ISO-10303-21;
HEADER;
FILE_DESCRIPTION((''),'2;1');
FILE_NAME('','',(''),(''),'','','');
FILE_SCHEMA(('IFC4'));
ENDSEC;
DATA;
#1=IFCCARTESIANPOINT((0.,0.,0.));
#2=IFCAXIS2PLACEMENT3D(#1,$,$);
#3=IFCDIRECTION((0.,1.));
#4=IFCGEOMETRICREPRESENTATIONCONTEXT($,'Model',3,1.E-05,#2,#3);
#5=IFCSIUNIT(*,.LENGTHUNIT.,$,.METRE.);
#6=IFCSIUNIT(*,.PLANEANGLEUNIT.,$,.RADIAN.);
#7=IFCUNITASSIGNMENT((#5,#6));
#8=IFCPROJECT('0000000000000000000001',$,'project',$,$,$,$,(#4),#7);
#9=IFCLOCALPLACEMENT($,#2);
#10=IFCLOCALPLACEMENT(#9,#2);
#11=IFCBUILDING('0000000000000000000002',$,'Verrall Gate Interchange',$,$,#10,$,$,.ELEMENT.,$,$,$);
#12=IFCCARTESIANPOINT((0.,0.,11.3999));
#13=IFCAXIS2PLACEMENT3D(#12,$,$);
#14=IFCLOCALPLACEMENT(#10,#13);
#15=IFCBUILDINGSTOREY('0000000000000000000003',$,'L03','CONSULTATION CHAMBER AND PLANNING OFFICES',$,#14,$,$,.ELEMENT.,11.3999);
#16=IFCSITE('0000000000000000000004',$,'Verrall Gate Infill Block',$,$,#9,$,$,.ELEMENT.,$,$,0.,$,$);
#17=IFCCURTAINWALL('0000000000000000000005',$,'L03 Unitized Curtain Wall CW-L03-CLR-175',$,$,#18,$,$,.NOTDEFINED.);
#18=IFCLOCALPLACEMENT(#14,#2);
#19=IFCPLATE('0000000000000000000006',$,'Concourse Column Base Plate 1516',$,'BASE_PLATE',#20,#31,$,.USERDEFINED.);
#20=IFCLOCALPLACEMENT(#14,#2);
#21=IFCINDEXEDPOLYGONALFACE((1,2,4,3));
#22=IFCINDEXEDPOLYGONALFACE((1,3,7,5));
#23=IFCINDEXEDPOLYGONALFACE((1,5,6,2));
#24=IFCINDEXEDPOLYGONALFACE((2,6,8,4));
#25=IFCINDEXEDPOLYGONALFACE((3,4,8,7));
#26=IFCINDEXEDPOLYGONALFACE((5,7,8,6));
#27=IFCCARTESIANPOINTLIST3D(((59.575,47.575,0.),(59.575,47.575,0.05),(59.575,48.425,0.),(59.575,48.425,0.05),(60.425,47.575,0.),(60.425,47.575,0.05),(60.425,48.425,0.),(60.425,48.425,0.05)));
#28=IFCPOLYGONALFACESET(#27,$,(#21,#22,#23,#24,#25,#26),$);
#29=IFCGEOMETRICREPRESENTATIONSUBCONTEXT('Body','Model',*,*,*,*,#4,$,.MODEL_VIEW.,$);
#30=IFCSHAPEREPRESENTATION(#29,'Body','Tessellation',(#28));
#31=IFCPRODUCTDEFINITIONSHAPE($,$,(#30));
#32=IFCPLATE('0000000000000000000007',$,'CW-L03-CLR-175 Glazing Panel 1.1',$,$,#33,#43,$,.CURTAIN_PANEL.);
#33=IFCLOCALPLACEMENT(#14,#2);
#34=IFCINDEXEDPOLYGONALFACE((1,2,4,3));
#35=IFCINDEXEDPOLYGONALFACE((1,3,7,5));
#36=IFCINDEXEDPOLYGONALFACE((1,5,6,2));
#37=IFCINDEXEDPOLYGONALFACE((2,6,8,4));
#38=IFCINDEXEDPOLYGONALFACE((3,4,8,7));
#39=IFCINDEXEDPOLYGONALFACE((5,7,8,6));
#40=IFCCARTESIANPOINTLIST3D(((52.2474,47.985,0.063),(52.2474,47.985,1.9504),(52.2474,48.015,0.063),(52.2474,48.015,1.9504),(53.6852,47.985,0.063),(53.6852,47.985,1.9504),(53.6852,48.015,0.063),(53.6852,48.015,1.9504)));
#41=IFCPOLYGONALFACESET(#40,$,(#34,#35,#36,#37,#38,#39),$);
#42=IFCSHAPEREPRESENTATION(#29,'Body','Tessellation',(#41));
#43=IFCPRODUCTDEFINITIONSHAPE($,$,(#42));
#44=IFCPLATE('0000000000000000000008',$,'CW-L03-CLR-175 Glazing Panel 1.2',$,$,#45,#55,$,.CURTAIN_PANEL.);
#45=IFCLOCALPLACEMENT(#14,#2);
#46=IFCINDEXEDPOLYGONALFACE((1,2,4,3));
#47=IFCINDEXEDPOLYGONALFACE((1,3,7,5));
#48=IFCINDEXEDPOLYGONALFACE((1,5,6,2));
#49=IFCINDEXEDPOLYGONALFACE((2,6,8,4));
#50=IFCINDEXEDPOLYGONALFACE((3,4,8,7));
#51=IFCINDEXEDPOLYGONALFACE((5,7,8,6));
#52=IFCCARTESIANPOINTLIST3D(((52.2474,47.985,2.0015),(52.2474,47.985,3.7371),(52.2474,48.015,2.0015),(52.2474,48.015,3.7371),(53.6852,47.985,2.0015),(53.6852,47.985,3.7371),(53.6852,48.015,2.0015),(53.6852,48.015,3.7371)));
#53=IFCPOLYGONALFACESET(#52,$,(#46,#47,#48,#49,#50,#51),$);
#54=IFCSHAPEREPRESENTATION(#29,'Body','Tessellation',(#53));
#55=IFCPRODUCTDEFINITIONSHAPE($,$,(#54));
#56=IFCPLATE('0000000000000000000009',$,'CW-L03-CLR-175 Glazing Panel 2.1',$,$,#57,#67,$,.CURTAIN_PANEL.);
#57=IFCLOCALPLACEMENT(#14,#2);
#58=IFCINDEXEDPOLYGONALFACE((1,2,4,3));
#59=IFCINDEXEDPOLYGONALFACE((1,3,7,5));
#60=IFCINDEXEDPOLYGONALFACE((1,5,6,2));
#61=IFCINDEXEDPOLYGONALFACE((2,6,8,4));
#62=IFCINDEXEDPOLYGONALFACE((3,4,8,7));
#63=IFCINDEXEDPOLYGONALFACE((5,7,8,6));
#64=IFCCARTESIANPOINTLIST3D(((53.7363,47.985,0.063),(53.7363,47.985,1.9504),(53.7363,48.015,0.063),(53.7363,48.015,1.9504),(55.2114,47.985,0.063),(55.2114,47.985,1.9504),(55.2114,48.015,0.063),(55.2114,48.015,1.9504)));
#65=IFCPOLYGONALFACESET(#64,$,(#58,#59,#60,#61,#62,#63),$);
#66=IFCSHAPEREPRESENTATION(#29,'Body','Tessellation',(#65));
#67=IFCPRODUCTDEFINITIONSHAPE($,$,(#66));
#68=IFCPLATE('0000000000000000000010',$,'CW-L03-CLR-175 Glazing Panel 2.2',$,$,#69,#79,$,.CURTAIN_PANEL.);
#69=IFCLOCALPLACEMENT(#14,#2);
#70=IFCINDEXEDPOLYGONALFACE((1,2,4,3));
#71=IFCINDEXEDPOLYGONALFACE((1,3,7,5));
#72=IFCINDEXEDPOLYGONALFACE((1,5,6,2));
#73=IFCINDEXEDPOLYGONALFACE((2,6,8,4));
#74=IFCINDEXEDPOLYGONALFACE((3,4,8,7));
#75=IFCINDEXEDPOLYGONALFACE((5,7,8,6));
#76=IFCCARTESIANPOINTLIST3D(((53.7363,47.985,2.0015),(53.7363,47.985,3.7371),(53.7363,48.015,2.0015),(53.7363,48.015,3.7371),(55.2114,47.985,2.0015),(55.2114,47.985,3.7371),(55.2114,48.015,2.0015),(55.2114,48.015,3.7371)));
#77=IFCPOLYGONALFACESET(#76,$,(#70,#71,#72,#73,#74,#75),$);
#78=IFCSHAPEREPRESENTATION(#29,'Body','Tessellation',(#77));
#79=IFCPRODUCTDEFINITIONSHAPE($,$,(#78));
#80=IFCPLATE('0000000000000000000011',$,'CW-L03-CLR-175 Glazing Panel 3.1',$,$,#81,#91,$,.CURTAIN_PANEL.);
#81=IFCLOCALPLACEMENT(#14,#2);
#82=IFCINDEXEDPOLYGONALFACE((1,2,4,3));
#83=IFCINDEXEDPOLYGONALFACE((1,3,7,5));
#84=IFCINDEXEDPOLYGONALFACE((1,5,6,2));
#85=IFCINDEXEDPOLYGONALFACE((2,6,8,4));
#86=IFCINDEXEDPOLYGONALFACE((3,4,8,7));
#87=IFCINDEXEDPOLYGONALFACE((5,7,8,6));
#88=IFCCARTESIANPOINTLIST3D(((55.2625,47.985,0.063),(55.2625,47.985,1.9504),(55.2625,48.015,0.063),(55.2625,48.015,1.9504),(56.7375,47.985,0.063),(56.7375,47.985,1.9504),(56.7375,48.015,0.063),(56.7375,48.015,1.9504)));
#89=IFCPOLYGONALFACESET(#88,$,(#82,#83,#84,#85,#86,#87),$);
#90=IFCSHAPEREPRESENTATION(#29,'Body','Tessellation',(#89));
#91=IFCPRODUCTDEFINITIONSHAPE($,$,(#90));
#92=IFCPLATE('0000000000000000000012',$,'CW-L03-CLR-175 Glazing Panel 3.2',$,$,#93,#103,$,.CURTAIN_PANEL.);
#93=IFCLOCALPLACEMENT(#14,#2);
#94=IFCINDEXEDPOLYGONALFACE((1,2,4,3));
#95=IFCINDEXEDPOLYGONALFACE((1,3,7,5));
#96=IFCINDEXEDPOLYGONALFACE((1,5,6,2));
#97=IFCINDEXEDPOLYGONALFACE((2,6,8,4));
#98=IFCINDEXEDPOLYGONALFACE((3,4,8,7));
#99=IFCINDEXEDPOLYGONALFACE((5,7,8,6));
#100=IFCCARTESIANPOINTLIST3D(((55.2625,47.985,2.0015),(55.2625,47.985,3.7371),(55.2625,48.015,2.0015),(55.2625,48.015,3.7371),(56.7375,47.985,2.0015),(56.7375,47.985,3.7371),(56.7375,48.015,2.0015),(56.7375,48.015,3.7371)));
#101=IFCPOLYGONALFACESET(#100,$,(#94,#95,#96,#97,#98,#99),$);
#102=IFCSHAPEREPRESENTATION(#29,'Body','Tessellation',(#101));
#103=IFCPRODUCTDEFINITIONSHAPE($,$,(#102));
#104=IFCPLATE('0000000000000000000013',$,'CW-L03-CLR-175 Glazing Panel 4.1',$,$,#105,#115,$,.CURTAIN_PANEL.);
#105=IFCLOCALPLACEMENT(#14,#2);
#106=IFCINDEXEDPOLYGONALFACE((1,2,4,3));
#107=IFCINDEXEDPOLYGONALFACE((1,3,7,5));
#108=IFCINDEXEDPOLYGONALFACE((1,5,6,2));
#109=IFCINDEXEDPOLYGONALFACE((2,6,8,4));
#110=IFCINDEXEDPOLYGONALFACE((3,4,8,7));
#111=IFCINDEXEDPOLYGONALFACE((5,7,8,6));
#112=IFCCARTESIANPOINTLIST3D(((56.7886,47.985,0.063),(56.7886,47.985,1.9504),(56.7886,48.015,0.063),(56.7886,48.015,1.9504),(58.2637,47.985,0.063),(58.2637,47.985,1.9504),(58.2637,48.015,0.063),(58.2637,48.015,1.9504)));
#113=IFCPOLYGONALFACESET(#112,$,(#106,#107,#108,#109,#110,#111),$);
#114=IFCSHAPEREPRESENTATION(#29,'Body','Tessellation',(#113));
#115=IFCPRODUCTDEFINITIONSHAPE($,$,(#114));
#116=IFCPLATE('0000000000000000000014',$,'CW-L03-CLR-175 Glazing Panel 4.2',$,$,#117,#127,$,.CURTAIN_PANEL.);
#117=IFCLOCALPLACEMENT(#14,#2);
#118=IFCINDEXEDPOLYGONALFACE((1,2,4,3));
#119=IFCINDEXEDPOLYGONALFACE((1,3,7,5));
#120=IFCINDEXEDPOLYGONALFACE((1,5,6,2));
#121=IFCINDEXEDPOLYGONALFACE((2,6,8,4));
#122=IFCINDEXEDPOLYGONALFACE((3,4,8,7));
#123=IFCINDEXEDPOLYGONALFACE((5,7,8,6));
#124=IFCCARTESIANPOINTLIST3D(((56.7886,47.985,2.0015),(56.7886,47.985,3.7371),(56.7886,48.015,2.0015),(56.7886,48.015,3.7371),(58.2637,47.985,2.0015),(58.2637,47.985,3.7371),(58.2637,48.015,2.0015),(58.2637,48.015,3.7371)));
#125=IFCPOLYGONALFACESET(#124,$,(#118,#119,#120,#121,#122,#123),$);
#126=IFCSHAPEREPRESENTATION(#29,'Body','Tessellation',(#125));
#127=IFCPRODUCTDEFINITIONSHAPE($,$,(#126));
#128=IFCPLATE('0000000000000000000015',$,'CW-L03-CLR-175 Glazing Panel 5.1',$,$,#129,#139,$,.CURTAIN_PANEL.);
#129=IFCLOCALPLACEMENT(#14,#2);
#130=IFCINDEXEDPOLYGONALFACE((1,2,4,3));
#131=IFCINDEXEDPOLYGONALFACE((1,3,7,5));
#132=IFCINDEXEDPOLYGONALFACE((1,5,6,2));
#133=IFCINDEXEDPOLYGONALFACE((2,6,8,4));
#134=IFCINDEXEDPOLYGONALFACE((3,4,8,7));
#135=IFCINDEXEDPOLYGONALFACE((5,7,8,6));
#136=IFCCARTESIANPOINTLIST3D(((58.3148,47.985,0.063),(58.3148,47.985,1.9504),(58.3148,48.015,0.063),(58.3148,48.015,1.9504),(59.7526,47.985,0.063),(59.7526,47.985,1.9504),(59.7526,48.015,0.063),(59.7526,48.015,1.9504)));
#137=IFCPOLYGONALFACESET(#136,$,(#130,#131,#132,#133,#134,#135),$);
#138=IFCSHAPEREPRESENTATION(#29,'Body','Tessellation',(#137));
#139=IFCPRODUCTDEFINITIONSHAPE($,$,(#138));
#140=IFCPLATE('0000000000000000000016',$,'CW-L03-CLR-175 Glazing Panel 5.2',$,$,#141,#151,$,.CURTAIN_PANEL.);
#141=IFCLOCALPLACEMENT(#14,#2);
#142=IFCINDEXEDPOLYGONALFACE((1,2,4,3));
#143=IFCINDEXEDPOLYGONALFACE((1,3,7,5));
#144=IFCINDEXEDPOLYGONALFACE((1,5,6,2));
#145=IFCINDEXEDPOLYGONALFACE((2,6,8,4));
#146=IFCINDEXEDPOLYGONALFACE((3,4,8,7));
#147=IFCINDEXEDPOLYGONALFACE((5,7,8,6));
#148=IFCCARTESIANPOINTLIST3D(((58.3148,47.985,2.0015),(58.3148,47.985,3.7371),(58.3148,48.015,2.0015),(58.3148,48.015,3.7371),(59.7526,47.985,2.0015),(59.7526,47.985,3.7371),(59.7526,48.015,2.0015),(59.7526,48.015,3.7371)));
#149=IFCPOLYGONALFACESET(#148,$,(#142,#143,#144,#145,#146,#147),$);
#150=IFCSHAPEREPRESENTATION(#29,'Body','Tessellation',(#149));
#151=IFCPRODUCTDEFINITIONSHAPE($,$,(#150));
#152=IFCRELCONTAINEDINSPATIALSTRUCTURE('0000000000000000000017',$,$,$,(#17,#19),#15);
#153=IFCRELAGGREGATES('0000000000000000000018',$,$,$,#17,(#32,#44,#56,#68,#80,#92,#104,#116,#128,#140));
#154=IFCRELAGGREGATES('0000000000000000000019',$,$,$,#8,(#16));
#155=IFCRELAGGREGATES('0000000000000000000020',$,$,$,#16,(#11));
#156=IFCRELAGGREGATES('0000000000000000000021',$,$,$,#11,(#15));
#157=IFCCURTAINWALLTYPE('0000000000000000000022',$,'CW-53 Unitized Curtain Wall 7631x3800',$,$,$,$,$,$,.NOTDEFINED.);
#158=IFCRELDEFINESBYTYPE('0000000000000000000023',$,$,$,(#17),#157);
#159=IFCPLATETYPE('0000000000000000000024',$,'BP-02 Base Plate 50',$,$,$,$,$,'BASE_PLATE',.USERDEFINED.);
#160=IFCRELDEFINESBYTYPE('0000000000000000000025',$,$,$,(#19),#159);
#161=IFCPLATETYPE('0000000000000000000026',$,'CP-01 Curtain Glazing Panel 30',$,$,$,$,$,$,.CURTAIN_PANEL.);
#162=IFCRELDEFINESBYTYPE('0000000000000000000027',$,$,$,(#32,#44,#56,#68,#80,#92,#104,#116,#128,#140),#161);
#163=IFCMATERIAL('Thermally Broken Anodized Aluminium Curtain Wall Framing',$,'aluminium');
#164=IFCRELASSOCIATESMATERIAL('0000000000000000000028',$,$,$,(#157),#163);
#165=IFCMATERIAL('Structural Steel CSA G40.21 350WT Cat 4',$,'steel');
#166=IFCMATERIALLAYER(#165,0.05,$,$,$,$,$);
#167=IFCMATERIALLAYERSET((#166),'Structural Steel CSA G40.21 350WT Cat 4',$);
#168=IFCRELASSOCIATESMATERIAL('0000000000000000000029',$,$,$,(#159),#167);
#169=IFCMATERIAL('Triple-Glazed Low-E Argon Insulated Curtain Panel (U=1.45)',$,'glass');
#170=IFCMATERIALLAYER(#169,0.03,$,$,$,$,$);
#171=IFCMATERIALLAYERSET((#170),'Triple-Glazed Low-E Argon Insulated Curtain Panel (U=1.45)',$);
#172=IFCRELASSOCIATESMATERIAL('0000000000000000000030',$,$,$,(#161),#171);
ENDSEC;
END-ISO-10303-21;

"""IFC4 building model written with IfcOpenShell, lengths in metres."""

from ifc_helpers import new_model, si_unit, direction, frame, origin, origin_2d, place, context, subcontext, project, spatial, rectangle, extrude, material, layer, layer_set, type_object, element, aggregate, save


model = new_model("IFC4")

# Units and contexts
model_context = context("Model", 3, precision=1e-05, world=origin(), true_north=direction((0.0, 1.0)))
body_context = subcontext(model_context, "Body", "Model", "MODEL_VIEW")
ifc_project = project(units=[si_unit("LENGTHUNIT", "METRE"), si_unit("PLANEANGLEUNIT", "RADIAN")], contexts=[model_context])

# Site, building, storey
site_placement = place(None, origin())
site = spatial("IfcSite", under=ifc_project, at=site_placement, Name="Verrall Gate Infill Block", CompositionType="ELEMENT", RefElevation=0.0)
building_placement = place(site_placement, origin())
building = spatial("IfcBuilding", under=site, at=building_placement, Name="Verrall Gate Interchange", CompositionType="ELEMENT")
storey_placement = place(building_placement, frame((0.0, 0.0, 11.3999)))
storey = spatial("IfcBuildingStorey", under=building, at=storey_placement, Name="L03", Description="CONSULTATION CHAMBER AND PLANNING OFFICES", CompositionType="ELEMENT", Elevation=11.3999)

# Curtain wall
ifc_material_1 = material(Name="Thermally Broken Anodized Aluminium Curtain Wall Framing", Category="aluminium")
curtain_wall_type = type_object("IfcCurtainWallType", Name="CW-53 Unitized Curtain Wall 7631x3800", PredefinedType="NOTDEFINED", material=ifc_material_1)
curtain_wall_placement = place(storey_placement, origin())
curtain_wall = element("IfcCurtainWall", 1, at=curtain_wall_placement, inside=storey, type_object=curtain_wall_type, Name="L03 Unitized Curtain Wall CW-L03-CLR-175", PredefinedType="NOTDEFINED")

# Plate
ifc_material_2 = material(Name="Structural Steel CSA G40.21 350WT Cat 4", Category="steel")
ifc_layer_1 = layer(ifc_material_2, 0.05)
ifc_layer_set_1 = layer_set([ifc_layer_1], Name="Structural Steel CSA G40.21 350WT Cat 4")
plate_type_1 = type_object("IfcPlateType", Name="BP-02 Base Plate 50", ElementType="BASE_PLATE", PredefinedType="USERDEFINED", material=ifc_layer_set_1)
plate_1_placement = place(storey_placement, frame((60.0, 48.0, 0.0), z_axis=(0.0, 0.0, 1.0), x_axis=(1.0, 0.0, 0.0)))
element("IfcPlate", 2, at=plate_1_placement, inside=storey, type_object=plate_type_1, Name="Concourse Column Base Plate 1516", ObjectType="BASE_PLATE", PredefinedType="USERDEFINED", context=body_context, shape_type="SweptSolid", body=[
    extrude(rectangle(XDim=0.8501, YDim=0.8501, at=origin_2d()), origin(), (0.0, 0.0, 1.0), 0.05),
])

# Plates
ifc_material_3 = material(Name="Triple-Glazed Low-E Argon Insulated Curtain Panel (U=1.45)", Category="glass")
ifc_layer_2 = layer(ifc_material_3, 0.03)
ifc_layer_set_2 = layer_set([ifc_layer_2], Name="Triple-Glazed Low-E Argon Insulated Curtain Panel (U=1.45)")
plate_type_2 = type_object("IfcPlateType", Name="CP-01 Curtain Glazing Panel 30", PredefinedType="CURTAIN_PANEL", material=ifc_layer_set_2)
plate_2_placement = place(storey_placement, frame((52.9663, 48.0, 0.063), z_axis=(0.0, 0.0, 1.0), x_axis=(1.0, 0.0, 0.0)))
plate_2 = element("IfcPlate", 3, at=plate_2_placement, type_object=plate_type_2, Name="CW-L03-CLR-175 Glazing Panel 1.1", PredefinedType="CURTAIN_PANEL", context=body_context, shape_type="SweptSolid", body=[
    extrude(rectangle(XDim=1.4377, YDim=0.03, at=origin_2d()), origin(), (0.0, 0.0, 1.0), 1.8875),
])
plate_3_placement = place(storey_placement, frame((52.9663, 48.0, 2.0015), z_axis=(0.0, 0.0, 1.0), x_axis=(1.0, 0.0, 0.0)))
plate_3 = element("IfcPlate", 4, at=plate_3_placement, type_object=plate_type_2, Name="CW-L03-CLR-175 Glazing Panel 1.2", PredefinedType="CURTAIN_PANEL", context=body_context, shape_type="SweptSolid", body=[
    extrude(rectangle(XDim=1.4377, YDim=0.03, at=origin_2d()), origin(), (0.0, 0.0, 1.0), 1.7356),
])
plate_4_placement = place(storey_placement, frame((54.4739, 48.0, 0.063), z_axis=(0.0, 0.0, 1.0), x_axis=(1.0, 0.0, 0.0)))
plate_4 = element("IfcPlate", 5, at=plate_4_placement, type_object=plate_type_2, Name="CW-L03-CLR-175 Glazing Panel 2.1", PredefinedType="CURTAIN_PANEL", context=body_context, shape_type="SweptSolid", body=[
    extrude(rectangle(XDim=1.4751, YDim=0.03, at=origin_2d()), origin(), (0.0, 0.0, 1.0), 1.8875),
])
plate_5_placement = place(storey_placement, frame((54.4739, 48.0, 2.0015), z_axis=(0.0, 0.0, 1.0), x_axis=(1.0, 0.0, 0.0)))
plate_5 = element("IfcPlate", 6, at=plate_5_placement, type_object=plate_type_2, Name="CW-L03-CLR-175 Glazing Panel 2.2", PredefinedType="CURTAIN_PANEL", context=body_context, shape_type="SweptSolid", body=[
    extrude(rectangle(XDim=1.4751, YDim=0.03, at=origin_2d()), origin(), (0.0, 0.0, 1.0), 1.7356),
])
plate_6_placement = place(storey_placement, frame((56.0, 48.0, 0.063), z_axis=(0.0, 0.0, 1.0), x_axis=(1.0, 0.0, 0.0)))
plate_6 = element("IfcPlate", 7, at=plate_6_placement, type_object=plate_type_2, Name="CW-L03-CLR-175 Glazing Panel 3.1", PredefinedType="CURTAIN_PANEL", context=body_context, shape_type="SweptSolid", body=[
    extrude(rectangle(XDim=1.4751, YDim=0.03, at=origin_2d()), origin(), (0.0, 0.0, 1.0), 1.8875),
])
plate_7_placement = place(storey_placement, frame((56.0, 48.0, 2.0015), z_axis=(0.0, 0.0, 1.0), x_axis=(1.0, 0.0, 0.0)))
plate_7 = element("IfcPlate", 8, at=plate_7_placement, type_object=plate_type_2, Name="CW-L03-CLR-175 Glazing Panel 3.2", PredefinedType="CURTAIN_PANEL", context=body_context, shape_type="SweptSolid", body=[
    extrude(rectangle(XDim=1.4751, YDim=0.03, at=origin_2d()), origin(), (0.0, 0.0, 1.0), 1.7356),
])
plate_8_placement = place(storey_placement, frame((57.5261, 48.0, 0.063), z_axis=(0.0, 0.0, 1.0), x_axis=(1.0, 0.0, 0.0)))
plate_8 = element("IfcPlate", 9, at=plate_8_placement, type_object=plate_type_2, Name="CW-L03-CLR-175 Glazing Panel 4.1", PredefinedType="CURTAIN_PANEL", context=body_context, shape_type="SweptSolid", body=[
    extrude(rectangle(XDim=1.4751, YDim=0.03, at=origin_2d()), origin(), (0.0, 0.0, 1.0), 1.8875),
])
plate_9_placement = place(storey_placement, frame((57.5261, 48.0, 2.0015), z_axis=(0.0, 0.0, 1.0), x_axis=(1.0, 0.0, 0.0)))
plate_9 = element("IfcPlate", 10, at=plate_9_placement, type_object=plate_type_2, Name="CW-L03-CLR-175 Glazing Panel 4.2", PredefinedType="CURTAIN_PANEL", context=body_context, shape_type="SweptSolid", body=[
    extrude(rectangle(XDim=1.4751, YDim=0.03, at=origin_2d()), origin(), (0.0, 0.0, 1.0), 1.7356),
])
plate_10_placement = place(storey_placement, frame((59.0337, 48.0, 0.063), z_axis=(0.0, 0.0, 1.0), x_axis=(1.0, 0.0, 0.0)))
plate_10 = element("IfcPlate", 11, at=plate_10_placement, type_object=plate_type_2, Name="CW-L03-CLR-175 Glazing Panel 5.1", PredefinedType="CURTAIN_PANEL", context=body_context, shape_type="SweptSolid", body=[
    extrude(rectangle(XDim=1.4377, YDim=0.03, at=origin_2d()), origin(), (0.0, 0.0, 1.0), 1.8875),
])
plate_11_placement = place(storey_placement, frame((59.0337, 48.0, 2.0015), z_axis=(0.0, 0.0, 1.0), x_axis=(1.0, 0.0, 0.0)))
plate_11 = element("IfcPlate", 12, at=plate_11_placement, type_object=plate_type_2, Name="CW-L03-CLR-175 Glazing Panel 5.2", PredefinedType="CURTAIN_PANEL", context=body_context, shape_type="SweptSolid", body=[
    extrude(rectangle(XDim=1.4377, YDim=0.03, at=origin_2d()), origin(), (0.0, 0.0, 1.0), 1.7356),
])
aggregate(curtain_wall, [plate_2, plate_3, plate_4, plate_5, plate_6, plate_7, plate_8, plate_9, plate_10, plate_11])

save(model, "model.ifc")
